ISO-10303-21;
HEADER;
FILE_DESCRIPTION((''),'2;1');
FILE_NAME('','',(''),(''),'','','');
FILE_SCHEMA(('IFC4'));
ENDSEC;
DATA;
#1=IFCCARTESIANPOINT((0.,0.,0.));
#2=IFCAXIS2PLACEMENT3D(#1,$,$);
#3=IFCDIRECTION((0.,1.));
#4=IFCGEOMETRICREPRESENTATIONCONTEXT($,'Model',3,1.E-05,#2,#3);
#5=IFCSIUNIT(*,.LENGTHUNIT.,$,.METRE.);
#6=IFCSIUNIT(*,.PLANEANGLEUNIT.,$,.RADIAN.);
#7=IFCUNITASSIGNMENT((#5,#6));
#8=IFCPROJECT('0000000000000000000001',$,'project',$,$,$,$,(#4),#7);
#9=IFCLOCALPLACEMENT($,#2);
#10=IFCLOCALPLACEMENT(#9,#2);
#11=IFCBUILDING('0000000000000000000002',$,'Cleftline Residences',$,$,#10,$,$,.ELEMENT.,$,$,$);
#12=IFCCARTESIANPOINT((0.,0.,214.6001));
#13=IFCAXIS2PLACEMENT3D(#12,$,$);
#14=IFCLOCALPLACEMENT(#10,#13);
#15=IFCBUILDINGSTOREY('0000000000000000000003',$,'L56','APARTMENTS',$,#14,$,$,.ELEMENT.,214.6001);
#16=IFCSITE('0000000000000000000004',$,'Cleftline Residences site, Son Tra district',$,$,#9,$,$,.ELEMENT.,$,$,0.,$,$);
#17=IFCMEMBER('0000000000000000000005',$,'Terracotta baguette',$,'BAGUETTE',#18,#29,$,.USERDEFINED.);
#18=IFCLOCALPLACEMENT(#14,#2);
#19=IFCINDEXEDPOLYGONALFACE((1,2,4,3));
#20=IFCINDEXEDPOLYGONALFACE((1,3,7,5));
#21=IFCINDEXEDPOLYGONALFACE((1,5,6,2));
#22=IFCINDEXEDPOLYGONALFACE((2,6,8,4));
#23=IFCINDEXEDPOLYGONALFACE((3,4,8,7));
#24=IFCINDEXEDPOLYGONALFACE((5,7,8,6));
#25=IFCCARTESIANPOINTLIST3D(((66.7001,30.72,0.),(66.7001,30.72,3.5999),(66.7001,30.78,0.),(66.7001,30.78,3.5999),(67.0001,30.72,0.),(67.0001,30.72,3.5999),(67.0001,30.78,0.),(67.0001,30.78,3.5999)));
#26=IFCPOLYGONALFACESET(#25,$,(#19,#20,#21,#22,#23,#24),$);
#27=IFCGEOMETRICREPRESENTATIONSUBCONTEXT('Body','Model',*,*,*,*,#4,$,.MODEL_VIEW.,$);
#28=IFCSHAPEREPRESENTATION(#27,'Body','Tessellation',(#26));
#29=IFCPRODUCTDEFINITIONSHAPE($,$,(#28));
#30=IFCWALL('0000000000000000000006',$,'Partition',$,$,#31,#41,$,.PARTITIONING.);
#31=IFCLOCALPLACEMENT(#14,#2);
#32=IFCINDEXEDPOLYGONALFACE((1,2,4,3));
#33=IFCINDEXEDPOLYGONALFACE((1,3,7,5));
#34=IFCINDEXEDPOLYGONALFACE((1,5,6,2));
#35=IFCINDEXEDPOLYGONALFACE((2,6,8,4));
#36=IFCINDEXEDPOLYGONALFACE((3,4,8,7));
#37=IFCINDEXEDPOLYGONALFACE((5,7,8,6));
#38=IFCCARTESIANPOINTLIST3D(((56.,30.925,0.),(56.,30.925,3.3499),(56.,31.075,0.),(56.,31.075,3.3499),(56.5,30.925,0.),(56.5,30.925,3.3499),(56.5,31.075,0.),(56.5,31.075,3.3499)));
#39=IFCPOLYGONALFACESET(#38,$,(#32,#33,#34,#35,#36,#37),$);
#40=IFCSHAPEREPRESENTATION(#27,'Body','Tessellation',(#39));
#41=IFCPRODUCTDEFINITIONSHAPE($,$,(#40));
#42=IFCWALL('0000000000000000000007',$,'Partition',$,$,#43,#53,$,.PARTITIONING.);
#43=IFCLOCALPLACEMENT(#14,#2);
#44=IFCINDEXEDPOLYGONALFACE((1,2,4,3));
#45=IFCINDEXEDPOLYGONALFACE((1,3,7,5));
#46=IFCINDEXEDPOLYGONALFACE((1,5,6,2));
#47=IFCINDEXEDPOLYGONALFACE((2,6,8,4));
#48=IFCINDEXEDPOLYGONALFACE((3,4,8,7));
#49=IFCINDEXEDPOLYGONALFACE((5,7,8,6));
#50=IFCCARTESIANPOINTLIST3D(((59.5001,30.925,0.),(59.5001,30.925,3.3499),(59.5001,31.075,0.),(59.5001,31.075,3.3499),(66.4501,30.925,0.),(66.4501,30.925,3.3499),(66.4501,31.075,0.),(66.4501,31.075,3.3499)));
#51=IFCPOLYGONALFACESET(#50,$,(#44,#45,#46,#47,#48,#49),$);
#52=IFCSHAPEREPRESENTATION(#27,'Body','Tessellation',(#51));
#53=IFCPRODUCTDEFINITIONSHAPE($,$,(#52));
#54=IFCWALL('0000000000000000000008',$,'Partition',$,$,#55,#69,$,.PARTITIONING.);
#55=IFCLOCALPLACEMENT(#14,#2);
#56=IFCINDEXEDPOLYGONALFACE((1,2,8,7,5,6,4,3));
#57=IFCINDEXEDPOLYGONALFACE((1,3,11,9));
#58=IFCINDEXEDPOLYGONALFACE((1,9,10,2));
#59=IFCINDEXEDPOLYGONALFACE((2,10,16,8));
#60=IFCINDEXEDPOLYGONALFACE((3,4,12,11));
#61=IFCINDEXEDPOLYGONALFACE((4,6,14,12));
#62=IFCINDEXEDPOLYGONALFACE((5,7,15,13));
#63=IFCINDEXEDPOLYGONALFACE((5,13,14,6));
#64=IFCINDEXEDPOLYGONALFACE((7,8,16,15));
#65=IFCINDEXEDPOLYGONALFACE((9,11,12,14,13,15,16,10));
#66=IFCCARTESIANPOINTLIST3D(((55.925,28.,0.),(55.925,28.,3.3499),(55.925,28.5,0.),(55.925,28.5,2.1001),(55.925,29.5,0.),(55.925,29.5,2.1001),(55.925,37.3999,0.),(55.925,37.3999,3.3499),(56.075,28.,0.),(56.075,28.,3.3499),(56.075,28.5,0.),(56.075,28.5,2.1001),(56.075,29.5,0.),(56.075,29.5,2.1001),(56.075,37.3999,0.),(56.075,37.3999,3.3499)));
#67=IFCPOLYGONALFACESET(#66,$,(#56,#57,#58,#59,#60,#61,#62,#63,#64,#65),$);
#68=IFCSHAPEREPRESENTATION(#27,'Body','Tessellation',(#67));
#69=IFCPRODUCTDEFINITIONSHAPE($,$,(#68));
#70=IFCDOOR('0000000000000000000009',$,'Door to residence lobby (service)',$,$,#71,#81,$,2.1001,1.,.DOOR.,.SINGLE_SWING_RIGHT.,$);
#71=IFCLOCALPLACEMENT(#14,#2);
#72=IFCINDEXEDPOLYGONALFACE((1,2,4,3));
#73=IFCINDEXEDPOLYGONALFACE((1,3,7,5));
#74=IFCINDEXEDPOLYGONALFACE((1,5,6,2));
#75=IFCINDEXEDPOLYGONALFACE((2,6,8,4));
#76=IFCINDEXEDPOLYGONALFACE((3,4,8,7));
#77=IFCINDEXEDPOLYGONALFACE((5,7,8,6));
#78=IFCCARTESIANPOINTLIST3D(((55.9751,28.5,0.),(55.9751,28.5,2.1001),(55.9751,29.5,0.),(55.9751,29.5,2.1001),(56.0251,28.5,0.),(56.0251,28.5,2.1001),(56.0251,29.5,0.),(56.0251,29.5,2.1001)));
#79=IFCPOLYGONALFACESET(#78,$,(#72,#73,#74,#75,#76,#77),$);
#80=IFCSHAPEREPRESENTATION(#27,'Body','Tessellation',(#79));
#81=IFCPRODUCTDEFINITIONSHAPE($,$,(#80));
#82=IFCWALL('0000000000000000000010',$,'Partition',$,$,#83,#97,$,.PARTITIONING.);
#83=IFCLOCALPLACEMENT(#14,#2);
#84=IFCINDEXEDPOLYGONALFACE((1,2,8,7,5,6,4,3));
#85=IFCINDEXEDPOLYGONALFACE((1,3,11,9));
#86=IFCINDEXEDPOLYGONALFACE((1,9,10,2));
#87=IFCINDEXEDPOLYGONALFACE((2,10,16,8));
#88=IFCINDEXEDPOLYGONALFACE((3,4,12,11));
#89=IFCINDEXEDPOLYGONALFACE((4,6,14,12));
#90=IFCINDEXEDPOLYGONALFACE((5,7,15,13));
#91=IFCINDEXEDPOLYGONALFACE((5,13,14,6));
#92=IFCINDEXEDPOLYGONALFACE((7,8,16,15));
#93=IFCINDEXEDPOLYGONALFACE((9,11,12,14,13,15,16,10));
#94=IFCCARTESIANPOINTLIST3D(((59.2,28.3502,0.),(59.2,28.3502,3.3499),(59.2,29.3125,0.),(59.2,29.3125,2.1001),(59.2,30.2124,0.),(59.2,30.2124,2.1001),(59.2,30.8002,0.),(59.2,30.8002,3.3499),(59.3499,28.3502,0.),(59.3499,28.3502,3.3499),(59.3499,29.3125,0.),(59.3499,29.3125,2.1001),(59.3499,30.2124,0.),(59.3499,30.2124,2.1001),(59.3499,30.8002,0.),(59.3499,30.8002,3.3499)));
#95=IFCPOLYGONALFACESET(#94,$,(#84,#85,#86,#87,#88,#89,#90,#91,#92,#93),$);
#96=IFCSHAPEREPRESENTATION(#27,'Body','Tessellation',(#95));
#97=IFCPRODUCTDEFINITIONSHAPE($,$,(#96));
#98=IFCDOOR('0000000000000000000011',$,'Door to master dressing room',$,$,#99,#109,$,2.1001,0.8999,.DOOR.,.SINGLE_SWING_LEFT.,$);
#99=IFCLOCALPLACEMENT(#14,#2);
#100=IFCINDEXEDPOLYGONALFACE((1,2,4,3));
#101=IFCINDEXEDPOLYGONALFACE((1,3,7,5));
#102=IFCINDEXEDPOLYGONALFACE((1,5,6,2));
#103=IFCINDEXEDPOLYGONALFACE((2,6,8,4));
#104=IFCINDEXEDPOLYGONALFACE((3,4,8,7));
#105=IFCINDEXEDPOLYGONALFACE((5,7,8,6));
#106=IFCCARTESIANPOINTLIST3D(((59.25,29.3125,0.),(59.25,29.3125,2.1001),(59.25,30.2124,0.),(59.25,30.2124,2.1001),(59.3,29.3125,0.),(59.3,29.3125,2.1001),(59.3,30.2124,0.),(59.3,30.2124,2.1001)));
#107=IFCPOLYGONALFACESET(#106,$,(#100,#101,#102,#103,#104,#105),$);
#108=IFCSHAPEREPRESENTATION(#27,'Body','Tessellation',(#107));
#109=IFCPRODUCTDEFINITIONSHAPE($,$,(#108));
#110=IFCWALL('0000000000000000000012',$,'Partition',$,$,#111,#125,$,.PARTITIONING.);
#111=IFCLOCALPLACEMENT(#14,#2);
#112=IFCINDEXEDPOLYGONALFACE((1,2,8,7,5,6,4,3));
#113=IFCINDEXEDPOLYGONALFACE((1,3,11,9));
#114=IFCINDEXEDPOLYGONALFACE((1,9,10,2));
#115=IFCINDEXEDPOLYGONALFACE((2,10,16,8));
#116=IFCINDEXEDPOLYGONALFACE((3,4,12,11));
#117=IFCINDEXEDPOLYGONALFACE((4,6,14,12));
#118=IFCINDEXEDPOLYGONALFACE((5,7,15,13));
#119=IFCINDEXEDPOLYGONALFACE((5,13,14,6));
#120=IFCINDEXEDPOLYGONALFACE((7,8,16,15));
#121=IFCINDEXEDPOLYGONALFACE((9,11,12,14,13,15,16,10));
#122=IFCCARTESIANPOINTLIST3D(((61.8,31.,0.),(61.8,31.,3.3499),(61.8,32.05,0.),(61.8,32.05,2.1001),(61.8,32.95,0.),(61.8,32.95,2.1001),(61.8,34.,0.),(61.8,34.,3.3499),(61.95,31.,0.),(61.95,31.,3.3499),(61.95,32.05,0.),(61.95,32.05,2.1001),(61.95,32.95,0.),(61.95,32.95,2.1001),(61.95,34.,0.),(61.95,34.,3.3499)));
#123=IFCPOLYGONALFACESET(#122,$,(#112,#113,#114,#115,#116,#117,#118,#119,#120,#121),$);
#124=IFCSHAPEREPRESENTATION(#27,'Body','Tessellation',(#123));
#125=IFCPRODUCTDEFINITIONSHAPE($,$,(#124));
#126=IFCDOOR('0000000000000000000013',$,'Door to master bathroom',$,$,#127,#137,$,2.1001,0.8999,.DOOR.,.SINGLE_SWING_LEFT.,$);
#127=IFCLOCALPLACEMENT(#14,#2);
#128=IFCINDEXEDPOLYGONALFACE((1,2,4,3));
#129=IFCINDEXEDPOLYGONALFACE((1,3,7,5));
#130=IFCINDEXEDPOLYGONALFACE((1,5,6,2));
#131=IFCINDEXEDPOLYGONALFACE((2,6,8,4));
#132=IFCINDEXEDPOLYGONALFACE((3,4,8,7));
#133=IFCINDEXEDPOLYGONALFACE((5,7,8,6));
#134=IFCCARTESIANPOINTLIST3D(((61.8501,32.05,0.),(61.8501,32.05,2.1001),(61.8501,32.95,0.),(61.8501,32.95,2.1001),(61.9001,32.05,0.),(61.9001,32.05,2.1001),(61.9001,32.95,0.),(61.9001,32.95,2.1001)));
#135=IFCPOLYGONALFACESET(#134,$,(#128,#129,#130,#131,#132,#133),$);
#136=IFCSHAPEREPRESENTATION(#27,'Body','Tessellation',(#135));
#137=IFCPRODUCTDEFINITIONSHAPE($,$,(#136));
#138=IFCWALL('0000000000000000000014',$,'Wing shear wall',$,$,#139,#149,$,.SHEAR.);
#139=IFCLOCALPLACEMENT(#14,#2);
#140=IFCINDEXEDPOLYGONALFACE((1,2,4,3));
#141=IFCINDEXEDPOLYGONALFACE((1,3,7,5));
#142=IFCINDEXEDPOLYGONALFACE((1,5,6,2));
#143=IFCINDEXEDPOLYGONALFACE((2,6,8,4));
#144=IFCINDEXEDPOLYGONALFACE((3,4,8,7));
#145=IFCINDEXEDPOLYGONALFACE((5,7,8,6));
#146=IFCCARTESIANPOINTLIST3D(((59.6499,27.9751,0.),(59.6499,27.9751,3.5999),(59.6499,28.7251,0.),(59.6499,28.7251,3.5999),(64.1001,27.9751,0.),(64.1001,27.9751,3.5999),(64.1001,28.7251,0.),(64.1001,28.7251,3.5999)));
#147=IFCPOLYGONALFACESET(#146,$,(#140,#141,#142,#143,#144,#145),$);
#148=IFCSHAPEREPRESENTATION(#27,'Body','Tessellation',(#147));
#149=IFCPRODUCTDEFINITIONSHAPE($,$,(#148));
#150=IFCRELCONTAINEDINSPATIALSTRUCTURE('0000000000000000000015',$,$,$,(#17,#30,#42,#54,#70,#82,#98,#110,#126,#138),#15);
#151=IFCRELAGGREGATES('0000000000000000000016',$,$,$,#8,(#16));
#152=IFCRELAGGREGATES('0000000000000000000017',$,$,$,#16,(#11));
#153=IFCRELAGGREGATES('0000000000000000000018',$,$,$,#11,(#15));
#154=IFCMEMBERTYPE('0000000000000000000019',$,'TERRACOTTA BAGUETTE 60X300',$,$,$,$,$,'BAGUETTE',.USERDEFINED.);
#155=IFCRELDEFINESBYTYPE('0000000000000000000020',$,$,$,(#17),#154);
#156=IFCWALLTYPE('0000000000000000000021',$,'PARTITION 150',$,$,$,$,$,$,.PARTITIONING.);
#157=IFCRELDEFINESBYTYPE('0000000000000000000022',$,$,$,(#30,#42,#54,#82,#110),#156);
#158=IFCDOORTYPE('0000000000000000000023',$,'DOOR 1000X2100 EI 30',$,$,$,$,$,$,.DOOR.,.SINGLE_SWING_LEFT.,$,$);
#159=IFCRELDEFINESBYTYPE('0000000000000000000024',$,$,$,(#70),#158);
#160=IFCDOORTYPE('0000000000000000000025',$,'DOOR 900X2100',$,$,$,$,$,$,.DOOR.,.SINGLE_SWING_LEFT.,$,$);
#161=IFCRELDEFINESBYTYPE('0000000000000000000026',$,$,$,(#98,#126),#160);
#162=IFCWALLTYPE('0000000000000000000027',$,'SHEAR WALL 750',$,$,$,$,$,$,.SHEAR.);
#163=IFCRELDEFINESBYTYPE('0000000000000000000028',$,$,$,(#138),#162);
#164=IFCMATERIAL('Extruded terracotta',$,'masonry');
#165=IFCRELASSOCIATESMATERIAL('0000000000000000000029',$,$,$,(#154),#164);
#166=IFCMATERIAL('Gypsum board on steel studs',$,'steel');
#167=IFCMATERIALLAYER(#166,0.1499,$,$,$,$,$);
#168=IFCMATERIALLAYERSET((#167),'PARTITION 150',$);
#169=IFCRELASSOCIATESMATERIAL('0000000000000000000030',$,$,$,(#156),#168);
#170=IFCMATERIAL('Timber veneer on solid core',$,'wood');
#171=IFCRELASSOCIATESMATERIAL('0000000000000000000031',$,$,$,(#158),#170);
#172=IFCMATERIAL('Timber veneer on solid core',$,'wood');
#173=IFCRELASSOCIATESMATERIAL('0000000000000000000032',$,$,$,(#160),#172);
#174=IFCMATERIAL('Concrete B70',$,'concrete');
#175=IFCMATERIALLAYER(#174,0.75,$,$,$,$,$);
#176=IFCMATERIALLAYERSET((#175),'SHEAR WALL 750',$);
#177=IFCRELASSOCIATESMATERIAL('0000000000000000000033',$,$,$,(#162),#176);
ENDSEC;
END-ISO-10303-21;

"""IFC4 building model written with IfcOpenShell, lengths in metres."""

from ifc_helpers import new_model, si_unit, direction, frame, frame_2d, origin, origin_2d, place, context, subcontext, project, spatial, rectangle, extrude, material, layer, layer_set, material_profile, profile_set, type_object, element, fill, save


model = new_model("IFC4")

# Units and contexts
model_context = context("Model", 3, precision=1e-05, world=origin(), true_north=direction((0.0, 1.0)))
body_context = subcontext(model_context, "Body", "Model", "MODEL_VIEW")
ifc_project = project(units=[si_unit("LENGTHUNIT", "METRE"), si_unit("PLANEANGLEUNIT", "RADIAN")], contexts=[model_context])

# Site, building, storey
site_placement = place(None, origin())
site = spatial("IfcSite", under=ifc_project, at=site_placement, Name="Cleftline Residences site, Son Tra district", CompositionType="ELEMENT", RefElevation=0.0)
building_placement = place(site_placement, origin())
building = spatial("IfcBuilding", under=site, at=building_placement, Name="Cleftline Residences", CompositionType="ELEMENT")
storey_placement = place(building_placement, frame((0.0, 0.0, 214.6001)))
storey = spatial("IfcBuildingStorey", under=building, at=storey_placement, Name="L56", Description="APARTMENTS", CompositionType="ELEMENT", Elevation=214.6001)

# Member
ifc_material_1 = material(Name="Extruded terracotta", Category="masonry")
ifc_material_profile_1 = material_profile(ifc_material_1, rectangle(XDim=0.0601, YDim=0.3, at=origin_2d()))
ifc_profile_set_1 = profile_set([ifc_material_profile_1], Name="Extruded terracotta")
member_type_1 = type_object("IfcMemberType", Name="TERRACOTTA BAGUETTE 60X300", ElementType="BAGUETTE", PredefinedType="USERDEFINED", material=ifc_profile_set_1)
for number, where, z_axis, x_axis, name in (
    (1, (66.8501, 30.75, 0.0), (0.0, 0.0, 1.0), (0.0, 1.0, 0.0), "Terracotta baguette"),
):
    element("IfcMember", number, at=place(storey_placement, frame(where, z_axis=z_axis, x_axis=x_axis)), inside=storey, type_object=member_type_1, Name=name, ObjectType="BAGUETTE", PredefinedType="USERDEFINED", context=body_context, shape_type="SweptSolid", body=[
        extrude(rectangle(XDim=0.0601, YDim=0.3, at=origin_2d()), origin(), (0.0, 0.0, 1.0), 3.5999),
    ])

# Walls
ifc_material_2 = material(Name="Gypsum board on steel studs", Category="steel")
ifc_layer_1 = layer(ifc_material_2, 0.1499)
ifc_layer_set_1 = layer_set([ifc_layer_1], Name="PARTITION 150")
wall_type_1 = type_object("IfcWallType", Name="PARTITION 150", PredefinedType="PARTITIONING", material=ifc_layer_set_1)
wall_1_placement = place(storey_placement, frame((56.0, 31.0, 0.0), z_axis=(0.0, 0.0, 1.0), x_axis=(1.0, 0.0, 0.0)))
element("IfcWall", 2, at=wall_1_placement, inside=storey, type_object=wall_type_1, Name="Partition", PredefinedType="PARTITIONING", context=body_context, shape_type="SweptSolid", body=[
    extrude(rectangle(XDim=0.5, YDim=0.1499, at=frame_2d((0.25, 0.0))), origin(), (0.0, 0.0, 1.0), 3.3499),
])
wall_2_placement = place(storey_placement, frame((59.5, 31.0, 0.0), z_axis=(0.0, 0.0, 1.0), x_axis=(1.0, 0.0, 0.0)))
element("IfcWall", 3, at=wall_2_placement, inside=storey, type_object=wall_type_1, Name="Partition", PredefinedType="PARTITIONING", context=body_context, shape_type="SweptSolid", body=[
    extrude(rectangle(XDim=6.95, YDim=0.1499, at=frame_2d((3.4751, 0.0))), origin(), (0.0, 0.0, 1.0), 3.3499),
])

# Walls, openings, doors
wall_3_placement = place(storey_placement, frame((56.0, 28.0, 0.0), z_axis=(0.0, 0.0, 1.0), x_axis=(0.0, 1.0, 0.0)))
wall_3 = element("IfcWall", 4, at=wall_3_placement, inside=storey, type_object=wall_type_1, Name="Partition", PredefinedType="PARTITIONING", context=body_context, shape_type="SweptSolid", body=[
    extrude(rectangle(XDim=9.3999, YDim=0.1499, at=frame_2d((4.7, 0.0))), origin(), (0.0, 0.0, 1.0), 3.3499),
])
opening_1_placement = place(wall_3_placement, frame((0.5, 0.0, 0.0)))
opening_1 = element("IfcOpeningElement", 5, at=opening_1_placement, cuts=wall_3, PredefinedType="OPENING", context=body_context, shape_type="SweptSolid", body=[
    extrude(rectangle(XDim=1.0, YDim=2.1001, at=frame_2d((0.5, 1.05))), frame((0.0, 0.085, 0.0), z_axis=(0.0, -1.0, 0.0), x_axis=(1.0, 0.0, 0.0)), (0.0, 0.0, 1.0), 0.1699),
])
ifc_material_3 = material(Name="Timber veneer on solid core", Category="wood")
door_type_1 = type_object("IfcDoorType", Name="DOOR 1000X2100 EI 30", OperationType="SINGLE_SWING_LEFT", PredefinedType="DOOR", material=ifc_material_3)
door_1_placement = place(opening_1_placement, origin())
door_1 = element("IfcDoor", 6, at=door_1_placement, inside=storey, type_object=door_type_1, Name="Door to residence lobby (service)", OperationType="SINGLE_SWING_RIGHT", OverallHeight=2.1001, OverallWidth=1.0, PredefinedType="DOOR", context=body_context, shape_type="SweptSolid", body=[
    extrude(rectangle(XDim=1.0, YDim=2.1001, at=frame_2d((0.5, 1.05))), frame((0.0, 0.0249, 0.0), z_axis=(0.0, -1.0, 0.0), x_axis=(1.0, 0.0, 0.0)), (0.0, 0.0, 1.0), 0.05),
])
fill(opening_1, door_1)
wall_4_placement = place(storey_placement, frame((59.2749, 28.3501, 0.0), z_axis=(0.0, 0.0, 1.0), x_axis=(0.0, 1.0, 0.0)))
wall_4 = element("IfcWall", 7, at=wall_4_placement, inside=storey, type_object=wall_type_1, Name="Partition", PredefinedType="PARTITIONING", context=body_context, shape_type="SweptSolid", body=[
    extrude(rectangle(XDim=2.45, YDim=0.1499, at=frame_2d((1.2251, 0.0))), origin(), (0.0, 0.0, 1.0), 3.3499),
])
opening_2_placement = place(wall_4_placement, frame((0.9624, 0.0, 0.0)))
opening_2 = element("IfcOpeningElement", 8, at=opening_2_placement, cuts=wall_4, PredefinedType="OPENING", context=body_context, shape_type="SweptSolid", body=[
    extrude(rectangle(XDim=0.8999, YDim=2.1001, at=frame_2d((0.45, 1.05))), frame((0.0, 0.085, 0.0), z_axis=(0.0, -1.0, 0.0), x_axis=(1.0, 0.0, 0.0)), (0.0, 0.0, 1.0), 0.1699),
])
ifc_material_4 = material(Name="Timber veneer on solid core", Category="wood")
door_type_2 = type_object("IfcDoorType", Name="DOOR 900X2100", OperationType="SINGLE_SWING_LEFT", PredefinedType="DOOR", material=ifc_material_4)
door_2_placement = place(opening_2_placement, origin())
door_2 = element("IfcDoor", 9, at=door_2_placement, inside=storey, type_object=door_type_2, Name="Door to master dressing room", OperationType="SINGLE_SWING_LEFT", OverallHeight=2.1001, OverallWidth=0.8999, PredefinedType="DOOR", context=body_context, shape_type="SweptSolid", body=[
    extrude(rectangle(XDim=0.8999, YDim=2.1001, at=frame_2d((0.45, 1.05))), frame((0.0, 0.0249, 0.0), z_axis=(0.0, -1.0, 0.0), x_axis=(1.0, 0.0, 0.0)), (0.0, 0.0, 1.0), 0.05),
])
fill(opening_2, door_2)
wall_5_placement = place(storey_placement, frame((61.875, 31.0, 0.0), z_axis=(0.0, 0.0, 1.0), x_axis=(0.0, 1.0, 0.0)))
wall_5 = element("IfcWall", 10, at=wall_5_placement, inside=storey, type_object=wall_type_1, Name="Partition", PredefinedType="PARTITIONING", context=body_context, shape_type="SweptSolid", body=[
    extrude(rectangle(XDim=3.0, YDim=0.1499, at=frame_2d((1.5, 0.0))), origin(), (0.0, 0.0, 1.0), 3.3499),
])
opening_3_placement = place(wall_5_placement, frame((1.05, 0.0, 0.0)))
opening_3 = element("IfcOpeningElement", 11, at=opening_3_placement, cuts=wall_5, PredefinedType="OPENING", context=body_context, shape_type="SweptSolid", body=[
    extrude(rectangle(XDim=0.8999, YDim=2.1001, at=frame_2d((0.45, 1.05))), frame((0.0, 0.085, 0.0), z_axis=(0.0, -1.0, 0.0), x_axis=(1.0, 0.0, 0.0)), (0.0, 0.0, 1.0), 0.1699),
])
door_3_placement = place(opening_3_placement, origin())
door_3 = element("IfcDoor", 12, at=door_3_placement, inside=storey, type_object=door_type_2, Name="Door to master bathroom", OperationType="SINGLE_SWING_LEFT", OverallHeight=2.1001, OverallWidth=0.8999, PredefinedType="DOOR", context=body_context, shape_type="SweptSolid", body=[
    extrude(rectangle(XDim=0.8999, YDim=2.1001, at=frame_2d((0.45, 1.05))), frame((0.0, 0.0249, 0.0), z_axis=(0.0, -1.0, 0.0), x_axis=(1.0, 0.0, 0.0)), (0.0, 0.0, 1.0), 0.05),
])
fill(opening_3, door_3)

# Wall
ifc_material_5 = material(Name="Concrete B70", Category="concrete")
ifc_layer_2 = layer(ifc_material_5, 0.75)
ifc_layer_set_2 = layer_set([ifc_layer_2], Name="SHEAR WALL 750")
wall_type_2 = type_object("IfcWallType", Name="SHEAR WALL 750", PredefinedType="SHEAR", material=ifc_layer_set_2)
wall_6_placement = place(storey_placement, frame((64.1001, 28.3501, 0.0), z_axis=(0.0, 0.0, 1.0), x_axis=(-1.0, 0.0, 0.0)))
element("IfcWall", 13, at=wall_6_placement, inside=storey, type_object=wall_type_2, Name="Wing shear wall", PredefinedType="SHEAR", context=body_context, shape_type="SweptSolid", body=[
    extrude(rectangle(XDim=4.4502, YDim=0.75, at=frame_2d((2.2251, 0.0))), origin(), (0.0, 0.0, 1.0), 3.5999),
])

save(model, "model.ifc")
